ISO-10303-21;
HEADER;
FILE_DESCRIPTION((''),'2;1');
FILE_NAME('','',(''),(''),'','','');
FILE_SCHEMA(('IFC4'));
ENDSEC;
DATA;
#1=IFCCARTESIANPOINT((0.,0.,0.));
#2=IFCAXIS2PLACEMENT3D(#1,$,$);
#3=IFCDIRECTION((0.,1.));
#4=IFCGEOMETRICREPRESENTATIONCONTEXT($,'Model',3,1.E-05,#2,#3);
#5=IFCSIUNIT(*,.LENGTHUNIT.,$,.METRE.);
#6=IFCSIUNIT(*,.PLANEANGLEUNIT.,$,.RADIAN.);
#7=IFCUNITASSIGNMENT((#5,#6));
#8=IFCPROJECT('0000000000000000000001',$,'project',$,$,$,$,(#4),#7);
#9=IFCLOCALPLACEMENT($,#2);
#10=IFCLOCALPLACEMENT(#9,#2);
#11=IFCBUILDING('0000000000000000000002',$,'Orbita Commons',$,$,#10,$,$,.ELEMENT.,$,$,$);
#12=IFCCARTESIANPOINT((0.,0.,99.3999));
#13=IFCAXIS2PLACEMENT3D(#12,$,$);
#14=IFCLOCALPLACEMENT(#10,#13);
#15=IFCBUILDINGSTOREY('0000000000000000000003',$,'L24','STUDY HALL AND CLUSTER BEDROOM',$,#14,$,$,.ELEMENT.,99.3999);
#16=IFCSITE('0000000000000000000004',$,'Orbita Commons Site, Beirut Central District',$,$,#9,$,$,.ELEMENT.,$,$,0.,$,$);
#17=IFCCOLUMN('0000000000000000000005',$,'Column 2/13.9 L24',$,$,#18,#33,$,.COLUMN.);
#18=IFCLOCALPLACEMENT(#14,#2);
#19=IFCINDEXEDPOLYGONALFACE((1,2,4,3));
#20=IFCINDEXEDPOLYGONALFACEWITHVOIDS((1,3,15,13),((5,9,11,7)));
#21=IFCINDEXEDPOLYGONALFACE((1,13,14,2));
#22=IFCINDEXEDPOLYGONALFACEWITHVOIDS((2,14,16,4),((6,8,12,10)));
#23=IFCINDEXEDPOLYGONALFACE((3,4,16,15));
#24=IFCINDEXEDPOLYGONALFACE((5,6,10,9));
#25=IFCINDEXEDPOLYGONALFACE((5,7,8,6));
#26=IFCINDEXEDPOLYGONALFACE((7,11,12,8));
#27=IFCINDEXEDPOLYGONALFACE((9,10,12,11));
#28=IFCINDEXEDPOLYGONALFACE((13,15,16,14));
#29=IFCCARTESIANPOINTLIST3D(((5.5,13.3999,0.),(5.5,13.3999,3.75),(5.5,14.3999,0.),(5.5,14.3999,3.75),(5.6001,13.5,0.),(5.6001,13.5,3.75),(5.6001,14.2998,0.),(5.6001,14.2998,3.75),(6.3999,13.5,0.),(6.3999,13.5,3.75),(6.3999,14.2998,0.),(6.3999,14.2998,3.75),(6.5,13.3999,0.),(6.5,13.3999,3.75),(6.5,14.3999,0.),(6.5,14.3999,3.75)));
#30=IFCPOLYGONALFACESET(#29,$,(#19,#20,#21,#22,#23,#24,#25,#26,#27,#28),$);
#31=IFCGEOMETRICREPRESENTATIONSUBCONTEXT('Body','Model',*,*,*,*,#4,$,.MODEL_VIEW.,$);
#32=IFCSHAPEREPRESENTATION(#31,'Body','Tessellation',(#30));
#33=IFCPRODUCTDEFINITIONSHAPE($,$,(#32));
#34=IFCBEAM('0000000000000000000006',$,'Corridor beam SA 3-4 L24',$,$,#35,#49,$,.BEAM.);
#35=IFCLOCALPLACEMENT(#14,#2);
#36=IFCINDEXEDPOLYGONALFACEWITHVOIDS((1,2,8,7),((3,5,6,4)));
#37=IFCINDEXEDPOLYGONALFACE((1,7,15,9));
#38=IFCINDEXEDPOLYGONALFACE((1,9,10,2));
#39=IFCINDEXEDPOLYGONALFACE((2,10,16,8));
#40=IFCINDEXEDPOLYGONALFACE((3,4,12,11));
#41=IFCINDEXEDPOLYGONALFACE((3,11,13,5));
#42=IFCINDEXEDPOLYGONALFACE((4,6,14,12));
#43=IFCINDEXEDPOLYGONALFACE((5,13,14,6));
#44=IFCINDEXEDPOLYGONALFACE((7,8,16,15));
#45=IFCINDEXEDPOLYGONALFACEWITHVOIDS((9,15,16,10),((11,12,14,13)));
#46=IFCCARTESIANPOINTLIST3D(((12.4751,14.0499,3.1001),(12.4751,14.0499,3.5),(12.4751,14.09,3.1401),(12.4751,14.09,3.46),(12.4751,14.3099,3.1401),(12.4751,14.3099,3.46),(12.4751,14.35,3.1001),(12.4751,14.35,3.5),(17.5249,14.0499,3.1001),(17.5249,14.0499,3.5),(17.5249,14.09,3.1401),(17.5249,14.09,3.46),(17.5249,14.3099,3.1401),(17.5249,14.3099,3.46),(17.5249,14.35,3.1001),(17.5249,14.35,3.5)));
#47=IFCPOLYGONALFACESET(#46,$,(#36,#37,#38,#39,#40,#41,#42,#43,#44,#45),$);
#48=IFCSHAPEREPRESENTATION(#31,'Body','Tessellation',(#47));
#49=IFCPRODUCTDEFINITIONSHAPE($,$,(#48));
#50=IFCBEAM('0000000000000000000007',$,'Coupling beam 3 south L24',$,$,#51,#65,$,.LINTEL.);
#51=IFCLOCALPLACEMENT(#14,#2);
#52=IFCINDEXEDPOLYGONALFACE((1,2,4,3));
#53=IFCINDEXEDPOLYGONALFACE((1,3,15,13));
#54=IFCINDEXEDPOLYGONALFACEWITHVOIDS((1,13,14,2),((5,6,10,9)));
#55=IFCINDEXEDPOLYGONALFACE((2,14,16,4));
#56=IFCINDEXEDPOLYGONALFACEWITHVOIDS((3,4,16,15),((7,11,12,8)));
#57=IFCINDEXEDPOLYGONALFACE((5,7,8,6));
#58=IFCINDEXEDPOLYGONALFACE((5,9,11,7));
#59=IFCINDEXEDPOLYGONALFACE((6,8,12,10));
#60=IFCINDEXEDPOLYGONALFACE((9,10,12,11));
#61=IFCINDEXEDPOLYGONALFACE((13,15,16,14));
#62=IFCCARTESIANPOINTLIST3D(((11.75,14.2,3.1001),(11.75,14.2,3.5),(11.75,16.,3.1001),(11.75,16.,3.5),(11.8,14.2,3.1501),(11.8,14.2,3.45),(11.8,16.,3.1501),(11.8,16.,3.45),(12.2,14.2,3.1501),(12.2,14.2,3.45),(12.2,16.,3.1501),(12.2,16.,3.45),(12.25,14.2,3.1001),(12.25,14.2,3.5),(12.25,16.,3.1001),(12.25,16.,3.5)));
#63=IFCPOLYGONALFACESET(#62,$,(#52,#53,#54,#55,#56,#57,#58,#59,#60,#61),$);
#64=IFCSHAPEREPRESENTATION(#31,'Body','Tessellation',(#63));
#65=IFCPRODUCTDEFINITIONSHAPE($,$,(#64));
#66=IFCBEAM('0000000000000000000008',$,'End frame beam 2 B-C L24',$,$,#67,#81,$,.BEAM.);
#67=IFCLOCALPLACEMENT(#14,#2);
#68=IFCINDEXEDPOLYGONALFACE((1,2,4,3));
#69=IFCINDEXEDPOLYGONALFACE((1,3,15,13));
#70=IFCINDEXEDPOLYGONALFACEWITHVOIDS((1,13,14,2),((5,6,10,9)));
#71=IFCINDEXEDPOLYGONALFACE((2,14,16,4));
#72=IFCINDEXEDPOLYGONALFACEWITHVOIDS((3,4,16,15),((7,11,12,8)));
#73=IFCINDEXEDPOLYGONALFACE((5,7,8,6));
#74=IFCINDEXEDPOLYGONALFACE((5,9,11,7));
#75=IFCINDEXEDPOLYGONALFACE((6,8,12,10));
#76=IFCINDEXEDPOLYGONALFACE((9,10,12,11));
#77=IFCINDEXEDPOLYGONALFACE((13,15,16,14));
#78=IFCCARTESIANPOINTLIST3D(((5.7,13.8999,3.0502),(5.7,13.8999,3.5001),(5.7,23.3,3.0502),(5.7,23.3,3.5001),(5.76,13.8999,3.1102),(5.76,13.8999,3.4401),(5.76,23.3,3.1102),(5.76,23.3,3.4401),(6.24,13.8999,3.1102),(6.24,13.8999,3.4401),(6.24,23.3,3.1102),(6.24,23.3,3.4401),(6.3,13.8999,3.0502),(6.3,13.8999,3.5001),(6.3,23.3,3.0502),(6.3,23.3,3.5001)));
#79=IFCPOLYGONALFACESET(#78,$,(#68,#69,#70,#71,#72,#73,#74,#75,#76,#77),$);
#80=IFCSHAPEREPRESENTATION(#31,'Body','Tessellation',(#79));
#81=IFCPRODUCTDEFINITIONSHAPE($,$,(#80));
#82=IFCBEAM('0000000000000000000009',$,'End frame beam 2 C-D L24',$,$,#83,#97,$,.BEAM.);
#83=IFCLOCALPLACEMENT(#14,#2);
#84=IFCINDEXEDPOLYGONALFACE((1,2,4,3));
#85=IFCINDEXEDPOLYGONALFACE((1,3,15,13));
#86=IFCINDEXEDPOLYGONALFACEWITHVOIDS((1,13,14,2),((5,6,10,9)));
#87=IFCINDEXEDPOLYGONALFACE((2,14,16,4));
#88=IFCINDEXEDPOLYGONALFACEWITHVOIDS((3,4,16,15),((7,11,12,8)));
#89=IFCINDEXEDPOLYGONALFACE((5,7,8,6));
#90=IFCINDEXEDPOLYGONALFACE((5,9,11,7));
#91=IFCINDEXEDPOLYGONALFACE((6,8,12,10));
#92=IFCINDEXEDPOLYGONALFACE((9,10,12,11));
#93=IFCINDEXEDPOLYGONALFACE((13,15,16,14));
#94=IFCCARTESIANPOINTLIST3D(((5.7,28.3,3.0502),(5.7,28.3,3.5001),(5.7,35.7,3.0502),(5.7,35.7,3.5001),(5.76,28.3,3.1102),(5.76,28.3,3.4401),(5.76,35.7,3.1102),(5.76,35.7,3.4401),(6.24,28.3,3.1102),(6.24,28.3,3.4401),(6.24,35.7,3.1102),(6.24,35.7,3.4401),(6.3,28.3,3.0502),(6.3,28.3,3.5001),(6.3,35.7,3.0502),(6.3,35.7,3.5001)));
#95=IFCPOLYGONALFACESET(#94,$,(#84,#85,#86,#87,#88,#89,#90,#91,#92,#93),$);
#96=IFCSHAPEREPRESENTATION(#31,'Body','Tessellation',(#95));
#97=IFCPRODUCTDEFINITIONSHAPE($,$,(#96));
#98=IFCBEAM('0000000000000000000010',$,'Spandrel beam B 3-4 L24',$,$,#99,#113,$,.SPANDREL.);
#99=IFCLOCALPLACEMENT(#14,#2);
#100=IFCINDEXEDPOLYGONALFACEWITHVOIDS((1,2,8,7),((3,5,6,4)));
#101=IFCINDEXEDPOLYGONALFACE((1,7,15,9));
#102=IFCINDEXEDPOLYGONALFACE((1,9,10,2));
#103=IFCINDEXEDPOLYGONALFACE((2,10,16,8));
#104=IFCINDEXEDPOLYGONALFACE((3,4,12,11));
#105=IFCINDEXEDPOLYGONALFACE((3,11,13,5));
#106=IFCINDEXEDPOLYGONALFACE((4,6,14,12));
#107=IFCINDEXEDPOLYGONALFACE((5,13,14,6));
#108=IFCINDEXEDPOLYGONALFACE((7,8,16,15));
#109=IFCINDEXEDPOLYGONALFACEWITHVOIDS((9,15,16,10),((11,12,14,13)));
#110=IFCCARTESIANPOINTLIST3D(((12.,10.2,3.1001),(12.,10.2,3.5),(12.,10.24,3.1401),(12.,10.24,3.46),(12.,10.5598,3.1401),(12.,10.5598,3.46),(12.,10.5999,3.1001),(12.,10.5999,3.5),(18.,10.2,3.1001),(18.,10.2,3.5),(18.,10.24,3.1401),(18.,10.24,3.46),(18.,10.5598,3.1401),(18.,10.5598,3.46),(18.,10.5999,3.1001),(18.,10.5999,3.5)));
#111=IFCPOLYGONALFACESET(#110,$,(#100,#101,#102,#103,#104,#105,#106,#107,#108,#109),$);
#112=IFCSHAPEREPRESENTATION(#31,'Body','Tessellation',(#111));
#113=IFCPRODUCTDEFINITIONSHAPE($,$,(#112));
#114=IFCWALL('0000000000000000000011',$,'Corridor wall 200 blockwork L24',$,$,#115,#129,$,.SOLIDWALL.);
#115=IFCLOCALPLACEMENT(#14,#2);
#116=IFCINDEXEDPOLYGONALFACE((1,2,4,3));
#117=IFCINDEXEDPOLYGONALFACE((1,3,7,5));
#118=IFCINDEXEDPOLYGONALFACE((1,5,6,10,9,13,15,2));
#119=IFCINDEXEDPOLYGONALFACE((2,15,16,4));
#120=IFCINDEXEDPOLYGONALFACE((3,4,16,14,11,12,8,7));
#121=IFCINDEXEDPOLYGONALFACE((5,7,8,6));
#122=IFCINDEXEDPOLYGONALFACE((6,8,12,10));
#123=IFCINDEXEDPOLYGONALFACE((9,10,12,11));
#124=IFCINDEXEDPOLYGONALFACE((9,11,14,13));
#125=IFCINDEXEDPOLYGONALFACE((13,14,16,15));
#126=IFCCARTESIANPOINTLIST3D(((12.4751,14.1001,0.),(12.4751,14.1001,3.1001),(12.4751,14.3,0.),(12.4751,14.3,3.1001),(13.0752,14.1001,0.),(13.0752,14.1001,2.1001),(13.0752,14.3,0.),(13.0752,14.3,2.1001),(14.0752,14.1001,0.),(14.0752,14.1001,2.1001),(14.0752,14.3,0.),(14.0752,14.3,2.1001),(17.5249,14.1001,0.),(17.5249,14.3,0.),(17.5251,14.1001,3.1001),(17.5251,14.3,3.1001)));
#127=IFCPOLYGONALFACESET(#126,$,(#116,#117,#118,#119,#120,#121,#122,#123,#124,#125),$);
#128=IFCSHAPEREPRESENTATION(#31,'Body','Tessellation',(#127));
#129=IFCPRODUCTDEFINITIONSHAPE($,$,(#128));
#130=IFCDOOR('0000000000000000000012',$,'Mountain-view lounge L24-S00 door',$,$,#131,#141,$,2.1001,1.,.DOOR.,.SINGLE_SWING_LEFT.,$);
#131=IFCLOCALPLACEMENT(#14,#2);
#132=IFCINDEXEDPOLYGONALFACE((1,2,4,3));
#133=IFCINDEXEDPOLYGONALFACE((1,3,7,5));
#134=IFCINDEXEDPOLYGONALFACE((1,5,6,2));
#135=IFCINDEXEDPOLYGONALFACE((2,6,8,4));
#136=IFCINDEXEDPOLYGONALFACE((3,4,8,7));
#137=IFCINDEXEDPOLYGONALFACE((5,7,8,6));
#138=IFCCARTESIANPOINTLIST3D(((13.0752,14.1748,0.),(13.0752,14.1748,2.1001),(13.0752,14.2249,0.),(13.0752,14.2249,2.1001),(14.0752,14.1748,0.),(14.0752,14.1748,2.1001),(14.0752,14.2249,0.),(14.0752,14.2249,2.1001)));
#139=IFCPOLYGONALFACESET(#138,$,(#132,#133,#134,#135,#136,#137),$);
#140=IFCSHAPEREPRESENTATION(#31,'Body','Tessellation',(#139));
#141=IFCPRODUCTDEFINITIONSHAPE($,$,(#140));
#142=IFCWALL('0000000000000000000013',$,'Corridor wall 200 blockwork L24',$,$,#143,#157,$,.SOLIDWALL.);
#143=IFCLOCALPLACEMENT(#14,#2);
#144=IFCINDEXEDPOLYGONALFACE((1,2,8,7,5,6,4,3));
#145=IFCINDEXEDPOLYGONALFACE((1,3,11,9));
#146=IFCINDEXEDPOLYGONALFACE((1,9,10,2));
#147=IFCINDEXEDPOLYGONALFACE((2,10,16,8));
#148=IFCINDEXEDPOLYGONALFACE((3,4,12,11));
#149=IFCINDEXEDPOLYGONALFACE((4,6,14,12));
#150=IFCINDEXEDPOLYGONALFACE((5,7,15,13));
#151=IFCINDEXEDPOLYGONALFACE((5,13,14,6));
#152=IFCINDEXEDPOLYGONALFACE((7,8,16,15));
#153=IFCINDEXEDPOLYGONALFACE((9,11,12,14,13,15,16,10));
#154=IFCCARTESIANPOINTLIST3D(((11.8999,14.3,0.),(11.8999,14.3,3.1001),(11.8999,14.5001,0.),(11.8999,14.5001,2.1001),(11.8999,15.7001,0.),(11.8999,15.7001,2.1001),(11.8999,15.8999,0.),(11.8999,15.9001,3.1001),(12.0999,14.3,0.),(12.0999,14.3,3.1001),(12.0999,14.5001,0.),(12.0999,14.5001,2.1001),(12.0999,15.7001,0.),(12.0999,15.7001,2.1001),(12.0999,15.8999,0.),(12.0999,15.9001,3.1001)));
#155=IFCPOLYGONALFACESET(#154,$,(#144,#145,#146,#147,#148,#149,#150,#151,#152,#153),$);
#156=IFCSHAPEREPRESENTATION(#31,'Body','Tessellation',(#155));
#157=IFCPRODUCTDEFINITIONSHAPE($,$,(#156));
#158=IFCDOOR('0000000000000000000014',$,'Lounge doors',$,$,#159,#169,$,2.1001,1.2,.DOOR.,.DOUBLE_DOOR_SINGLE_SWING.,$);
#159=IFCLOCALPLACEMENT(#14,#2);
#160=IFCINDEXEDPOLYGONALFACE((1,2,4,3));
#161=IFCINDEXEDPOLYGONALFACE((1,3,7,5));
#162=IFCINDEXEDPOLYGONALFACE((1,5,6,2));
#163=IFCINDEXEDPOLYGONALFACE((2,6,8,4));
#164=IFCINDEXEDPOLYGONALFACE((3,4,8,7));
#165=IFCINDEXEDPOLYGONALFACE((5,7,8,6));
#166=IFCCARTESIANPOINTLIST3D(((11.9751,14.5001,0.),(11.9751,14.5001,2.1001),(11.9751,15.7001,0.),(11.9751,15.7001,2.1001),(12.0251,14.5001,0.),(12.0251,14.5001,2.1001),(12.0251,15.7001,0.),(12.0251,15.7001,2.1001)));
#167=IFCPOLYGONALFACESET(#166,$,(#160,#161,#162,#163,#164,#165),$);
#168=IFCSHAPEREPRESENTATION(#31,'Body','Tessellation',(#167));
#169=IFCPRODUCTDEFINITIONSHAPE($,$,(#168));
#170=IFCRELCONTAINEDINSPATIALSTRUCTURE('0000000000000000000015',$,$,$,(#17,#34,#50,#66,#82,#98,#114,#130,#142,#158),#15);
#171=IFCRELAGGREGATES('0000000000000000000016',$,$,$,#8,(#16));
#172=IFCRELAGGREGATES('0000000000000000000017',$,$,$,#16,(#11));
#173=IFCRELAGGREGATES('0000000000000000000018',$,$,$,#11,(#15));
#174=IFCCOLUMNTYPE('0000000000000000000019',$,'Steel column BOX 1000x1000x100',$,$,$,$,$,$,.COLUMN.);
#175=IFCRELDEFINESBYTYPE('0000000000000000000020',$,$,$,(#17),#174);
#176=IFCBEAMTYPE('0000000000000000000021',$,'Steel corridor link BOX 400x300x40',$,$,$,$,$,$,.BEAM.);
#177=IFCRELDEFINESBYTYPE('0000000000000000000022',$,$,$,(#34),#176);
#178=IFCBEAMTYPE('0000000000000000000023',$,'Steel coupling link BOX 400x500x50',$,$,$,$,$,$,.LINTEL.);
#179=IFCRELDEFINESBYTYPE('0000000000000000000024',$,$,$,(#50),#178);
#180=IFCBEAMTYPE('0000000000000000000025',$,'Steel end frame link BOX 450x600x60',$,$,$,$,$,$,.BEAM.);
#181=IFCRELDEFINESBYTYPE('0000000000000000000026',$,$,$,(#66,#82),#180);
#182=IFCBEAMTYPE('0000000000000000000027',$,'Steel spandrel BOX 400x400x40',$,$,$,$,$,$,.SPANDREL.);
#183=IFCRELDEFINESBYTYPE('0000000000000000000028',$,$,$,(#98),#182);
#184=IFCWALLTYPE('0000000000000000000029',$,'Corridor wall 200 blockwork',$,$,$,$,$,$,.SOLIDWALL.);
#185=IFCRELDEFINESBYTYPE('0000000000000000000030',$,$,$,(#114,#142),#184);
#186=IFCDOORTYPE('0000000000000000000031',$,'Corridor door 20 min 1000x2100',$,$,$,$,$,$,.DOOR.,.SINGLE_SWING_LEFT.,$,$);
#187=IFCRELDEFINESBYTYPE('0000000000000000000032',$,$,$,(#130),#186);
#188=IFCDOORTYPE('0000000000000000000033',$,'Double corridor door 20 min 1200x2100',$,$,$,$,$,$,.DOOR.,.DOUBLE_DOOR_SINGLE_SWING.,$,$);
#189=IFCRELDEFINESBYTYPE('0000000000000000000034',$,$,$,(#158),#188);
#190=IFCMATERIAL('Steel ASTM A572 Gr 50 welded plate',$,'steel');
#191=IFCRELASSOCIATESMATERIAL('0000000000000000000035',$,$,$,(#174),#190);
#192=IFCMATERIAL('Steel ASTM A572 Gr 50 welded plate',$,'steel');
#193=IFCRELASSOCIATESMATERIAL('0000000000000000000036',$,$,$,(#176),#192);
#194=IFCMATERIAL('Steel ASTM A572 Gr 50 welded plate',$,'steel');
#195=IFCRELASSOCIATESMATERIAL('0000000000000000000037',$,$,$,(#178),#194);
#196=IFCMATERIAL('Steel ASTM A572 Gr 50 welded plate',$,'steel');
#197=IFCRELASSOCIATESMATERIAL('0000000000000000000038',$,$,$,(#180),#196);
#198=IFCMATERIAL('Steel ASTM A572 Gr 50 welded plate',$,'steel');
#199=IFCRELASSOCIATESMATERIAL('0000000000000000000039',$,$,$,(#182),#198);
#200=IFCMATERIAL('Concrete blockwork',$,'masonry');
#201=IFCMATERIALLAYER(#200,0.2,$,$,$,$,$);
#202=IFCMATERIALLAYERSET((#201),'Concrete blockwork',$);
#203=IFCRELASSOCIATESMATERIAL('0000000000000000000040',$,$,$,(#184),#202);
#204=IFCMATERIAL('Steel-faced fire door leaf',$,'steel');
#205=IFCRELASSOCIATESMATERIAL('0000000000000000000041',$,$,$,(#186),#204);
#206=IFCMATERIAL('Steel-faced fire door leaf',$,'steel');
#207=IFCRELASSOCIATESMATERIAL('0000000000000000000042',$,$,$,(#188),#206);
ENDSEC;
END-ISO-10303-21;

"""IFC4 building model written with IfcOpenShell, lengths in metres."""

from ifc_helpers import new_model, si_unit, direction, frame, frame_2d, origin, origin_2d, place, context, subcontext, project, spatial, polyline, rectangle, hollow_rectangle, outline, extrude, material, layer, layer_set, material_profile, profile_set, type_object, element, fill, save


model = new_model("IFC4")

# Units and contexts
model_context = context("Model", 3, precision=1e-05, world=origin(), true_north=direction((0.0, 1.0)))
body_context = subcontext(model_context, "Body", "Model", "MODEL_VIEW")
ifc_project = project(units=[si_unit("LENGTHUNIT", "METRE"), si_unit("PLANEANGLEUNIT", "RADIAN")], contexts=[model_context])

# Site, building, storey
site_placement = place(None, origin())
site = spatial("IfcSite", under=ifc_project, at=site_placement, Name="Orbita Commons Site, Beirut Central District", CompositionType="ELEMENT", RefElevation=0.0)
building_placement = place(site_placement, origin())
building = spatial("IfcBuilding", under=site, at=building_placement, Name="Orbita Commons", CompositionType="ELEMENT")
storey_placement = place(building_placement, frame((0.0, 0.0, 99.3999)))
storey = spatial("IfcBuildingStorey", under=building, at=storey_placement, Name="L24", Description="STUDY HALL AND CLUSTER BEDROOM", CompositionType="ELEMENT", Elevation=99.3999)

# Column
ifc_material_1 = material(Name="Steel ASTM A572 Gr 50 welded plate", Category="steel")
ifc_material_profile_1 = material_profile(ifc_material_1, hollow_rectangle(XDim=1.0, YDim=1.0, WallThickness=0.1001, at=origin_2d()), Name="BOX 1000x1000x100")
ifc_profile_set_1 = profile_set([ifc_material_profile_1], Name="Steel ASTM A572 Gr 50 welded plate")
column_type = type_object("IfcColumnType", Name="Steel column BOX 1000x1000x100", PredefinedType="COLUMN", material=ifc_profile_set_1)
column_placement = place(storey_placement, frame((6.0, 13.8999, 0.0), z_axis=(0.0, 0.0, 1.0), x_axis=(1.0, 0.0, 0.0)))
element("IfcColumn", 1, at=column_placement, inside=storey, type_object=column_type, Name="Column 2/13.9 L24", PredefinedType="COLUMN", context=body_context, shape_type="SweptSolid", body=[
    extrude(hollow_rectangle(XDim=1.0, YDim=1.0, WallThickness=0.1001, at=origin_2d()), origin(), (0.0, 0.0, 1.0), 3.75),
])

# Beams
ifc_material_2 = material(Name="Steel ASTM A572 Gr 50 welded plate", Category="steel")
ifc_material_profile_2 = material_profile(ifc_material_2, hollow_rectangle(XDim=0.3, YDim=0.3999, WallThickness=0.04, at=origin_2d()), Name="BOX 400x300x40")
ifc_profile_set_2 = profile_set([ifc_material_profile_2], Name="Steel ASTM A572 Gr 50 welded plate")
beam_type_1 = type_object("IfcBeamType", Name="Steel corridor link BOX 400x300x40", PredefinedType="BEAM", material=ifc_profile_set_2)
beam_1_placement = place(storey_placement, frame((12.4751, 14.2, 3.3), z_axis=(1.0, 0.0, 0.0), x_axis=(0.0, 1.0, 0.0)))
element("IfcBeam", 2, at=beam_1_placement, inside=storey, type_object=beam_type_1, Name="Corridor beam SA 3-4 L24", PredefinedType="BEAM", context=body_context, shape_type="SweptSolid", body=[
    extrude(hollow_rectangle(XDim=0.3, YDim=0.3999, WallThickness=0.04, at=origin_2d()), origin(), (0.0, 0.0, 1.0), 5.0498),
])
ifc_material_3 = material(Name="Steel ASTM A572 Gr 50 welded plate", Category="steel")
ifc_material_profile_3 = material_profile(ifc_material_3, hollow_rectangle(XDim=0.5, YDim=0.3999, WallThickness=0.05, at=origin_2d()), Name="BOX 400x500x50")
ifc_profile_set_3 = profile_set([ifc_material_profile_3], Name="Steel ASTM A572 Gr 50 welded plate")
beam_type_2 = type_object("IfcBeamType", Name="Steel coupling link BOX 400x500x50", PredefinedType="LINTEL", material=ifc_profile_set_3)
beam_2_placement = place(storey_placement, frame((12.0, 14.2, 3.3), z_axis=(0.0, 1.0, 0.0), x_axis=(-1.0, 0.0, 0.0)))
element("IfcBeam", 3, at=beam_2_placement, inside=storey, type_object=beam_type_2, Name="Coupling beam 3 south L24", PredefinedType="LINTEL", context=body_context, shape_type="SweptSolid", body=[
    extrude(hollow_rectangle(XDim=0.5, YDim=0.3999, WallThickness=0.05, at=origin_2d()), origin(), (0.0, 0.0, 1.0), 1.8),
])
ifc_material_4 = material(Name="Steel ASTM A572 Gr 50 welded plate", Category="steel")
ifc_material_profile_4 = material_profile(ifc_material_4, hollow_rectangle(XDim=0.6001, YDim=0.45, WallThickness=0.0601, at=origin_2d()), Name="BOX 450x600x60")
ifc_profile_set_4 = profile_set([ifc_material_profile_4], Name="Steel ASTM A572 Gr 50 welded plate")
beam_type_3 = type_object("IfcBeamType", Name="Steel end frame link BOX 450x600x60", PredefinedType="BEAM", material=ifc_profile_set_4)
beam_3_placement = place(storey_placement, frame((6.0, 13.8999, 3.2751), z_axis=(0.0, 1.0, 0.0), x_axis=(-1.0, 0.0, 0.0)))
element("IfcBeam", 4, at=beam_3_placement, inside=storey, type_object=beam_type_3, Name="End frame beam 2 B-C L24", PredefinedType="BEAM", context=body_context, shape_type="SweptSolid", body=[
    extrude(hollow_rectangle(XDim=0.6001, YDim=0.45, WallThickness=0.0601, at=origin_2d()), origin(), (0.0, 0.0, 1.0), 9.4001),
])
beam_4_placement = place(storey_placement, frame((6.0, 28.3, 3.2751), z_axis=(0.0, 1.0, 0.0), x_axis=(-1.0, 0.0, 0.0)))
element("IfcBeam", 5, at=beam_4_placement, inside=storey, type_object=beam_type_3, Name="End frame beam 2 C-D L24", PredefinedType="BEAM", context=body_context, shape_type="SweptSolid", body=[
    extrude(hollow_rectangle(XDim=0.6001, YDim=0.45, WallThickness=0.0601, at=origin_2d()), origin(), (0.0, 0.0, 1.0), 7.3999),
])
ifc_material_5 = material(Name="Steel ASTM A572 Gr 50 welded plate", Category="steel")
ifc_material_profile_5 = material_profile(ifc_material_5, hollow_rectangle(XDim=0.3999, YDim=0.3999, WallThickness=0.04, at=origin_2d()), Name="BOX 400x400x40")
ifc_profile_set_5 = profile_set([ifc_material_profile_5], Name="Steel ASTM A572 Gr 50 welded plate")
beam_type_4 = type_object("IfcBeamType", Name="Steel spandrel BOX 400x400x40", PredefinedType="SPANDREL", material=ifc_profile_set_5)
beam_5_placement = place(storey_placement, frame((12.0, 10.3999, 3.3), z_axis=(1.0, 0.0, 0.0), x_axis=(0.0, 1.0, 0.0)))
element("IfcBeam", 6, at=beam_5_placement, inside=storey, type_object=beam_type_4, Name="Spandrel beam B 3-4 L24", PredefinedType="SPANDREL", context=body_context, shape_type="SweptSolid", body=[
    extrude(hollow_rectangle(XDim=0.3999, YDim=0.3999, WallThickness=0.04, at=origin_2d()), origin(), (0.0, 0.0, 1.0), 6.0),
])

# Walls, openings, doors
ifc_material_6 = material(Name="Concrete blockwork", Category="masonry")
ifc_layer_1 = layer(ifc_material_6, 0.2)
ifc_layer_set_1 = layer_set([ifc_layer_1], Name="Concrete blockwork")
wall_type_1 = type_object("IfcWallType", Name="Corridor wall 200 blockwork", PredefinedType="SOLIDWALL", material=ifc_layer_set_1)
wall_1_placement = place(storey_placement, frame((12.4751, 14.2, 0.0), z_axis=(0.0, 0.0, 1.0), x_axis=(1.0, 0.0, 0.0)))
wall_1 = element("IfcWall", 7, at=wall_1_placement, inside=storey, type_object=wall_type_1, Name="Corridor wall 200 blockwork L24", PredefinedType="SOLIDWALL", context=body_context, shape_type="SweptSolid", body=[
    extrude(outline(polyline([(0.0, 0.0), (5.0498, 0.0), (5.05, 3.1001), (0.0, 3.1001), (0.0, 0.0)])), frame((0.0, 0.1001, 0.0), z_axis=(0.0, -1.0, 0.0), x_axis=(1.0, 0.0, 0.0)), (0.0, 0.0, 1.0), 0.2),
])
opening_1_placement = place(wall_1_placement, frame((0.6001, 0.0, 0.0)))
opening_1 = element("IfcOpeningElement", 8, at=opening_1_placement, cuts=wall_1, PredefinedType="OPENING", context=body_context, shape_type="SweptSolid", body=[
    extrude(rectangle(XDim=1.0, YDim=2.1001, at=frame_2d((0.5, 1.05))), frame((0.0, 0.1099, 0.0), z_axis=(0.0, -1.0, 0.0), x_axis=(1.0, 0.0, 0.0)), (0.0, 0.0, 1.0), 0.22),
])
ifc_material_7 = material(Name="Steel-faced fire door leaf", Category="steel")
door_type_1 = type_object("IfcDoorType", Name="Corridor door 20 min 1000x2100", OperationType="SINGLE_SWING_LEFT", PredefinedType="DOOR", material=ifc_material_7)
door_1_placement = place(opening_1_placement, origin())
door_1 = element("IfcDoor", 9, at=door_1_placement, inside=storey, type_object=door_type_1, Name="Mountain-view lounge L24-S00 door", OperationType="SINGLE_SWING_LEFT", OverallHeight=2.1001, OverallWidth=1.0, PredefinedType="DOOR", context=body_context, shape_type="SweptSolid", body=[
    extrude(rectangle(XDim=1.0, YDim=2.1001, at=frame_2d((0.5, 1.05))), frame((0.0, 0.0249, 0.0), z_axis=(0.0, -1.0, 0.0), x_axis=(1.0, 0.0, 0.0)), (0.0, 0.0, 1.0), 0.05),
])
fill(opening_1, door_1)
wall_2_placement = place(storey_placement, frame((12.0, 14.3, 0.0), z_axis=(0.0, 0.0, 1.0), x_axis=(0.0, 1.0, 0.0)))
wall_2 = element("IfcWall", 10, at=wall_2_placement, inside=storey, type_object=wall_type_1, Name="Corridor wall 200 blockwork L24", PredefinedType="SOLIDWALL", context=body_context, shape_type="SweptSolid", body=[
    extrude(outline(polyline([(0.0, 0.0), (1.5999, 0.0), (1.6001, 3.1001), (0.0, 3.1001), (0.0, 0.0)])), frame((0.0, 0.1001, 0.0), z_axis=(0.0, -1.0, 0.0), x_axis=(1.0, 0.0, 0.0)), (0.0, 0.0, 1.0), 0.2),
])
opening_2_placement = place(wall_2_placement, frame((0.2, 0.0, 0.0)))
opening_2 = element("IfcOpeningElement", 11, at=opening_2_placement, cuts=wall_2, PredefinedType="OPENING", context=body_context, shape_type="SweptSolid", body=[
    extrude(rectangle(XDim=1.2, YDim=2.1001, at=frame_2d((0.6001, 1.05))), frame((0.0, 0.1099, 0.0), z_axis=(0.0, -1.0, 0.0), x_axis=(1.0, 0.0, 0.0)), (0.0, 0.0, 1.0), 0.22),
])
ifc_material_8 = material(Name="Steel-faced fire door leaf", Category="steel")
door_type_2 = type_object("IfcDoorType", Name="Double corridor door 20 min 1200x2100", OperationType="DOUBLE_DOOR_SINGLE_SWING", PredefinedType="DOOR", material=ifc_material_8)
door_2_placement = place(opening_2_placement, origin())
door_2 = element("IfcDoor", 12, at=door_2_placement, inside=storey, type_object=door_type_2, Name="Lounge doors", OperationType="DOUBLE_DOOR_SINGLE_SWING", OverallHeight=2.1001, OverallWidth=1.2, PredefinedType="DOOR", context=body_context, shape_type="SweptSolid", body=[
    extrude(rectangle(XDim=1.2, YDim=2.1001, at=frame_2d((0.6001, 1.05))), frame((0.0, 0.0249, 0.0), z_axis=(0.0, -1.0, 0.0), x_axis=(1.0, 0.0, 0.0)), (0.0, 0.0, 1.0), 0.05),
])
fill(opening_2, door_2)

save(model, "model.ifc")
